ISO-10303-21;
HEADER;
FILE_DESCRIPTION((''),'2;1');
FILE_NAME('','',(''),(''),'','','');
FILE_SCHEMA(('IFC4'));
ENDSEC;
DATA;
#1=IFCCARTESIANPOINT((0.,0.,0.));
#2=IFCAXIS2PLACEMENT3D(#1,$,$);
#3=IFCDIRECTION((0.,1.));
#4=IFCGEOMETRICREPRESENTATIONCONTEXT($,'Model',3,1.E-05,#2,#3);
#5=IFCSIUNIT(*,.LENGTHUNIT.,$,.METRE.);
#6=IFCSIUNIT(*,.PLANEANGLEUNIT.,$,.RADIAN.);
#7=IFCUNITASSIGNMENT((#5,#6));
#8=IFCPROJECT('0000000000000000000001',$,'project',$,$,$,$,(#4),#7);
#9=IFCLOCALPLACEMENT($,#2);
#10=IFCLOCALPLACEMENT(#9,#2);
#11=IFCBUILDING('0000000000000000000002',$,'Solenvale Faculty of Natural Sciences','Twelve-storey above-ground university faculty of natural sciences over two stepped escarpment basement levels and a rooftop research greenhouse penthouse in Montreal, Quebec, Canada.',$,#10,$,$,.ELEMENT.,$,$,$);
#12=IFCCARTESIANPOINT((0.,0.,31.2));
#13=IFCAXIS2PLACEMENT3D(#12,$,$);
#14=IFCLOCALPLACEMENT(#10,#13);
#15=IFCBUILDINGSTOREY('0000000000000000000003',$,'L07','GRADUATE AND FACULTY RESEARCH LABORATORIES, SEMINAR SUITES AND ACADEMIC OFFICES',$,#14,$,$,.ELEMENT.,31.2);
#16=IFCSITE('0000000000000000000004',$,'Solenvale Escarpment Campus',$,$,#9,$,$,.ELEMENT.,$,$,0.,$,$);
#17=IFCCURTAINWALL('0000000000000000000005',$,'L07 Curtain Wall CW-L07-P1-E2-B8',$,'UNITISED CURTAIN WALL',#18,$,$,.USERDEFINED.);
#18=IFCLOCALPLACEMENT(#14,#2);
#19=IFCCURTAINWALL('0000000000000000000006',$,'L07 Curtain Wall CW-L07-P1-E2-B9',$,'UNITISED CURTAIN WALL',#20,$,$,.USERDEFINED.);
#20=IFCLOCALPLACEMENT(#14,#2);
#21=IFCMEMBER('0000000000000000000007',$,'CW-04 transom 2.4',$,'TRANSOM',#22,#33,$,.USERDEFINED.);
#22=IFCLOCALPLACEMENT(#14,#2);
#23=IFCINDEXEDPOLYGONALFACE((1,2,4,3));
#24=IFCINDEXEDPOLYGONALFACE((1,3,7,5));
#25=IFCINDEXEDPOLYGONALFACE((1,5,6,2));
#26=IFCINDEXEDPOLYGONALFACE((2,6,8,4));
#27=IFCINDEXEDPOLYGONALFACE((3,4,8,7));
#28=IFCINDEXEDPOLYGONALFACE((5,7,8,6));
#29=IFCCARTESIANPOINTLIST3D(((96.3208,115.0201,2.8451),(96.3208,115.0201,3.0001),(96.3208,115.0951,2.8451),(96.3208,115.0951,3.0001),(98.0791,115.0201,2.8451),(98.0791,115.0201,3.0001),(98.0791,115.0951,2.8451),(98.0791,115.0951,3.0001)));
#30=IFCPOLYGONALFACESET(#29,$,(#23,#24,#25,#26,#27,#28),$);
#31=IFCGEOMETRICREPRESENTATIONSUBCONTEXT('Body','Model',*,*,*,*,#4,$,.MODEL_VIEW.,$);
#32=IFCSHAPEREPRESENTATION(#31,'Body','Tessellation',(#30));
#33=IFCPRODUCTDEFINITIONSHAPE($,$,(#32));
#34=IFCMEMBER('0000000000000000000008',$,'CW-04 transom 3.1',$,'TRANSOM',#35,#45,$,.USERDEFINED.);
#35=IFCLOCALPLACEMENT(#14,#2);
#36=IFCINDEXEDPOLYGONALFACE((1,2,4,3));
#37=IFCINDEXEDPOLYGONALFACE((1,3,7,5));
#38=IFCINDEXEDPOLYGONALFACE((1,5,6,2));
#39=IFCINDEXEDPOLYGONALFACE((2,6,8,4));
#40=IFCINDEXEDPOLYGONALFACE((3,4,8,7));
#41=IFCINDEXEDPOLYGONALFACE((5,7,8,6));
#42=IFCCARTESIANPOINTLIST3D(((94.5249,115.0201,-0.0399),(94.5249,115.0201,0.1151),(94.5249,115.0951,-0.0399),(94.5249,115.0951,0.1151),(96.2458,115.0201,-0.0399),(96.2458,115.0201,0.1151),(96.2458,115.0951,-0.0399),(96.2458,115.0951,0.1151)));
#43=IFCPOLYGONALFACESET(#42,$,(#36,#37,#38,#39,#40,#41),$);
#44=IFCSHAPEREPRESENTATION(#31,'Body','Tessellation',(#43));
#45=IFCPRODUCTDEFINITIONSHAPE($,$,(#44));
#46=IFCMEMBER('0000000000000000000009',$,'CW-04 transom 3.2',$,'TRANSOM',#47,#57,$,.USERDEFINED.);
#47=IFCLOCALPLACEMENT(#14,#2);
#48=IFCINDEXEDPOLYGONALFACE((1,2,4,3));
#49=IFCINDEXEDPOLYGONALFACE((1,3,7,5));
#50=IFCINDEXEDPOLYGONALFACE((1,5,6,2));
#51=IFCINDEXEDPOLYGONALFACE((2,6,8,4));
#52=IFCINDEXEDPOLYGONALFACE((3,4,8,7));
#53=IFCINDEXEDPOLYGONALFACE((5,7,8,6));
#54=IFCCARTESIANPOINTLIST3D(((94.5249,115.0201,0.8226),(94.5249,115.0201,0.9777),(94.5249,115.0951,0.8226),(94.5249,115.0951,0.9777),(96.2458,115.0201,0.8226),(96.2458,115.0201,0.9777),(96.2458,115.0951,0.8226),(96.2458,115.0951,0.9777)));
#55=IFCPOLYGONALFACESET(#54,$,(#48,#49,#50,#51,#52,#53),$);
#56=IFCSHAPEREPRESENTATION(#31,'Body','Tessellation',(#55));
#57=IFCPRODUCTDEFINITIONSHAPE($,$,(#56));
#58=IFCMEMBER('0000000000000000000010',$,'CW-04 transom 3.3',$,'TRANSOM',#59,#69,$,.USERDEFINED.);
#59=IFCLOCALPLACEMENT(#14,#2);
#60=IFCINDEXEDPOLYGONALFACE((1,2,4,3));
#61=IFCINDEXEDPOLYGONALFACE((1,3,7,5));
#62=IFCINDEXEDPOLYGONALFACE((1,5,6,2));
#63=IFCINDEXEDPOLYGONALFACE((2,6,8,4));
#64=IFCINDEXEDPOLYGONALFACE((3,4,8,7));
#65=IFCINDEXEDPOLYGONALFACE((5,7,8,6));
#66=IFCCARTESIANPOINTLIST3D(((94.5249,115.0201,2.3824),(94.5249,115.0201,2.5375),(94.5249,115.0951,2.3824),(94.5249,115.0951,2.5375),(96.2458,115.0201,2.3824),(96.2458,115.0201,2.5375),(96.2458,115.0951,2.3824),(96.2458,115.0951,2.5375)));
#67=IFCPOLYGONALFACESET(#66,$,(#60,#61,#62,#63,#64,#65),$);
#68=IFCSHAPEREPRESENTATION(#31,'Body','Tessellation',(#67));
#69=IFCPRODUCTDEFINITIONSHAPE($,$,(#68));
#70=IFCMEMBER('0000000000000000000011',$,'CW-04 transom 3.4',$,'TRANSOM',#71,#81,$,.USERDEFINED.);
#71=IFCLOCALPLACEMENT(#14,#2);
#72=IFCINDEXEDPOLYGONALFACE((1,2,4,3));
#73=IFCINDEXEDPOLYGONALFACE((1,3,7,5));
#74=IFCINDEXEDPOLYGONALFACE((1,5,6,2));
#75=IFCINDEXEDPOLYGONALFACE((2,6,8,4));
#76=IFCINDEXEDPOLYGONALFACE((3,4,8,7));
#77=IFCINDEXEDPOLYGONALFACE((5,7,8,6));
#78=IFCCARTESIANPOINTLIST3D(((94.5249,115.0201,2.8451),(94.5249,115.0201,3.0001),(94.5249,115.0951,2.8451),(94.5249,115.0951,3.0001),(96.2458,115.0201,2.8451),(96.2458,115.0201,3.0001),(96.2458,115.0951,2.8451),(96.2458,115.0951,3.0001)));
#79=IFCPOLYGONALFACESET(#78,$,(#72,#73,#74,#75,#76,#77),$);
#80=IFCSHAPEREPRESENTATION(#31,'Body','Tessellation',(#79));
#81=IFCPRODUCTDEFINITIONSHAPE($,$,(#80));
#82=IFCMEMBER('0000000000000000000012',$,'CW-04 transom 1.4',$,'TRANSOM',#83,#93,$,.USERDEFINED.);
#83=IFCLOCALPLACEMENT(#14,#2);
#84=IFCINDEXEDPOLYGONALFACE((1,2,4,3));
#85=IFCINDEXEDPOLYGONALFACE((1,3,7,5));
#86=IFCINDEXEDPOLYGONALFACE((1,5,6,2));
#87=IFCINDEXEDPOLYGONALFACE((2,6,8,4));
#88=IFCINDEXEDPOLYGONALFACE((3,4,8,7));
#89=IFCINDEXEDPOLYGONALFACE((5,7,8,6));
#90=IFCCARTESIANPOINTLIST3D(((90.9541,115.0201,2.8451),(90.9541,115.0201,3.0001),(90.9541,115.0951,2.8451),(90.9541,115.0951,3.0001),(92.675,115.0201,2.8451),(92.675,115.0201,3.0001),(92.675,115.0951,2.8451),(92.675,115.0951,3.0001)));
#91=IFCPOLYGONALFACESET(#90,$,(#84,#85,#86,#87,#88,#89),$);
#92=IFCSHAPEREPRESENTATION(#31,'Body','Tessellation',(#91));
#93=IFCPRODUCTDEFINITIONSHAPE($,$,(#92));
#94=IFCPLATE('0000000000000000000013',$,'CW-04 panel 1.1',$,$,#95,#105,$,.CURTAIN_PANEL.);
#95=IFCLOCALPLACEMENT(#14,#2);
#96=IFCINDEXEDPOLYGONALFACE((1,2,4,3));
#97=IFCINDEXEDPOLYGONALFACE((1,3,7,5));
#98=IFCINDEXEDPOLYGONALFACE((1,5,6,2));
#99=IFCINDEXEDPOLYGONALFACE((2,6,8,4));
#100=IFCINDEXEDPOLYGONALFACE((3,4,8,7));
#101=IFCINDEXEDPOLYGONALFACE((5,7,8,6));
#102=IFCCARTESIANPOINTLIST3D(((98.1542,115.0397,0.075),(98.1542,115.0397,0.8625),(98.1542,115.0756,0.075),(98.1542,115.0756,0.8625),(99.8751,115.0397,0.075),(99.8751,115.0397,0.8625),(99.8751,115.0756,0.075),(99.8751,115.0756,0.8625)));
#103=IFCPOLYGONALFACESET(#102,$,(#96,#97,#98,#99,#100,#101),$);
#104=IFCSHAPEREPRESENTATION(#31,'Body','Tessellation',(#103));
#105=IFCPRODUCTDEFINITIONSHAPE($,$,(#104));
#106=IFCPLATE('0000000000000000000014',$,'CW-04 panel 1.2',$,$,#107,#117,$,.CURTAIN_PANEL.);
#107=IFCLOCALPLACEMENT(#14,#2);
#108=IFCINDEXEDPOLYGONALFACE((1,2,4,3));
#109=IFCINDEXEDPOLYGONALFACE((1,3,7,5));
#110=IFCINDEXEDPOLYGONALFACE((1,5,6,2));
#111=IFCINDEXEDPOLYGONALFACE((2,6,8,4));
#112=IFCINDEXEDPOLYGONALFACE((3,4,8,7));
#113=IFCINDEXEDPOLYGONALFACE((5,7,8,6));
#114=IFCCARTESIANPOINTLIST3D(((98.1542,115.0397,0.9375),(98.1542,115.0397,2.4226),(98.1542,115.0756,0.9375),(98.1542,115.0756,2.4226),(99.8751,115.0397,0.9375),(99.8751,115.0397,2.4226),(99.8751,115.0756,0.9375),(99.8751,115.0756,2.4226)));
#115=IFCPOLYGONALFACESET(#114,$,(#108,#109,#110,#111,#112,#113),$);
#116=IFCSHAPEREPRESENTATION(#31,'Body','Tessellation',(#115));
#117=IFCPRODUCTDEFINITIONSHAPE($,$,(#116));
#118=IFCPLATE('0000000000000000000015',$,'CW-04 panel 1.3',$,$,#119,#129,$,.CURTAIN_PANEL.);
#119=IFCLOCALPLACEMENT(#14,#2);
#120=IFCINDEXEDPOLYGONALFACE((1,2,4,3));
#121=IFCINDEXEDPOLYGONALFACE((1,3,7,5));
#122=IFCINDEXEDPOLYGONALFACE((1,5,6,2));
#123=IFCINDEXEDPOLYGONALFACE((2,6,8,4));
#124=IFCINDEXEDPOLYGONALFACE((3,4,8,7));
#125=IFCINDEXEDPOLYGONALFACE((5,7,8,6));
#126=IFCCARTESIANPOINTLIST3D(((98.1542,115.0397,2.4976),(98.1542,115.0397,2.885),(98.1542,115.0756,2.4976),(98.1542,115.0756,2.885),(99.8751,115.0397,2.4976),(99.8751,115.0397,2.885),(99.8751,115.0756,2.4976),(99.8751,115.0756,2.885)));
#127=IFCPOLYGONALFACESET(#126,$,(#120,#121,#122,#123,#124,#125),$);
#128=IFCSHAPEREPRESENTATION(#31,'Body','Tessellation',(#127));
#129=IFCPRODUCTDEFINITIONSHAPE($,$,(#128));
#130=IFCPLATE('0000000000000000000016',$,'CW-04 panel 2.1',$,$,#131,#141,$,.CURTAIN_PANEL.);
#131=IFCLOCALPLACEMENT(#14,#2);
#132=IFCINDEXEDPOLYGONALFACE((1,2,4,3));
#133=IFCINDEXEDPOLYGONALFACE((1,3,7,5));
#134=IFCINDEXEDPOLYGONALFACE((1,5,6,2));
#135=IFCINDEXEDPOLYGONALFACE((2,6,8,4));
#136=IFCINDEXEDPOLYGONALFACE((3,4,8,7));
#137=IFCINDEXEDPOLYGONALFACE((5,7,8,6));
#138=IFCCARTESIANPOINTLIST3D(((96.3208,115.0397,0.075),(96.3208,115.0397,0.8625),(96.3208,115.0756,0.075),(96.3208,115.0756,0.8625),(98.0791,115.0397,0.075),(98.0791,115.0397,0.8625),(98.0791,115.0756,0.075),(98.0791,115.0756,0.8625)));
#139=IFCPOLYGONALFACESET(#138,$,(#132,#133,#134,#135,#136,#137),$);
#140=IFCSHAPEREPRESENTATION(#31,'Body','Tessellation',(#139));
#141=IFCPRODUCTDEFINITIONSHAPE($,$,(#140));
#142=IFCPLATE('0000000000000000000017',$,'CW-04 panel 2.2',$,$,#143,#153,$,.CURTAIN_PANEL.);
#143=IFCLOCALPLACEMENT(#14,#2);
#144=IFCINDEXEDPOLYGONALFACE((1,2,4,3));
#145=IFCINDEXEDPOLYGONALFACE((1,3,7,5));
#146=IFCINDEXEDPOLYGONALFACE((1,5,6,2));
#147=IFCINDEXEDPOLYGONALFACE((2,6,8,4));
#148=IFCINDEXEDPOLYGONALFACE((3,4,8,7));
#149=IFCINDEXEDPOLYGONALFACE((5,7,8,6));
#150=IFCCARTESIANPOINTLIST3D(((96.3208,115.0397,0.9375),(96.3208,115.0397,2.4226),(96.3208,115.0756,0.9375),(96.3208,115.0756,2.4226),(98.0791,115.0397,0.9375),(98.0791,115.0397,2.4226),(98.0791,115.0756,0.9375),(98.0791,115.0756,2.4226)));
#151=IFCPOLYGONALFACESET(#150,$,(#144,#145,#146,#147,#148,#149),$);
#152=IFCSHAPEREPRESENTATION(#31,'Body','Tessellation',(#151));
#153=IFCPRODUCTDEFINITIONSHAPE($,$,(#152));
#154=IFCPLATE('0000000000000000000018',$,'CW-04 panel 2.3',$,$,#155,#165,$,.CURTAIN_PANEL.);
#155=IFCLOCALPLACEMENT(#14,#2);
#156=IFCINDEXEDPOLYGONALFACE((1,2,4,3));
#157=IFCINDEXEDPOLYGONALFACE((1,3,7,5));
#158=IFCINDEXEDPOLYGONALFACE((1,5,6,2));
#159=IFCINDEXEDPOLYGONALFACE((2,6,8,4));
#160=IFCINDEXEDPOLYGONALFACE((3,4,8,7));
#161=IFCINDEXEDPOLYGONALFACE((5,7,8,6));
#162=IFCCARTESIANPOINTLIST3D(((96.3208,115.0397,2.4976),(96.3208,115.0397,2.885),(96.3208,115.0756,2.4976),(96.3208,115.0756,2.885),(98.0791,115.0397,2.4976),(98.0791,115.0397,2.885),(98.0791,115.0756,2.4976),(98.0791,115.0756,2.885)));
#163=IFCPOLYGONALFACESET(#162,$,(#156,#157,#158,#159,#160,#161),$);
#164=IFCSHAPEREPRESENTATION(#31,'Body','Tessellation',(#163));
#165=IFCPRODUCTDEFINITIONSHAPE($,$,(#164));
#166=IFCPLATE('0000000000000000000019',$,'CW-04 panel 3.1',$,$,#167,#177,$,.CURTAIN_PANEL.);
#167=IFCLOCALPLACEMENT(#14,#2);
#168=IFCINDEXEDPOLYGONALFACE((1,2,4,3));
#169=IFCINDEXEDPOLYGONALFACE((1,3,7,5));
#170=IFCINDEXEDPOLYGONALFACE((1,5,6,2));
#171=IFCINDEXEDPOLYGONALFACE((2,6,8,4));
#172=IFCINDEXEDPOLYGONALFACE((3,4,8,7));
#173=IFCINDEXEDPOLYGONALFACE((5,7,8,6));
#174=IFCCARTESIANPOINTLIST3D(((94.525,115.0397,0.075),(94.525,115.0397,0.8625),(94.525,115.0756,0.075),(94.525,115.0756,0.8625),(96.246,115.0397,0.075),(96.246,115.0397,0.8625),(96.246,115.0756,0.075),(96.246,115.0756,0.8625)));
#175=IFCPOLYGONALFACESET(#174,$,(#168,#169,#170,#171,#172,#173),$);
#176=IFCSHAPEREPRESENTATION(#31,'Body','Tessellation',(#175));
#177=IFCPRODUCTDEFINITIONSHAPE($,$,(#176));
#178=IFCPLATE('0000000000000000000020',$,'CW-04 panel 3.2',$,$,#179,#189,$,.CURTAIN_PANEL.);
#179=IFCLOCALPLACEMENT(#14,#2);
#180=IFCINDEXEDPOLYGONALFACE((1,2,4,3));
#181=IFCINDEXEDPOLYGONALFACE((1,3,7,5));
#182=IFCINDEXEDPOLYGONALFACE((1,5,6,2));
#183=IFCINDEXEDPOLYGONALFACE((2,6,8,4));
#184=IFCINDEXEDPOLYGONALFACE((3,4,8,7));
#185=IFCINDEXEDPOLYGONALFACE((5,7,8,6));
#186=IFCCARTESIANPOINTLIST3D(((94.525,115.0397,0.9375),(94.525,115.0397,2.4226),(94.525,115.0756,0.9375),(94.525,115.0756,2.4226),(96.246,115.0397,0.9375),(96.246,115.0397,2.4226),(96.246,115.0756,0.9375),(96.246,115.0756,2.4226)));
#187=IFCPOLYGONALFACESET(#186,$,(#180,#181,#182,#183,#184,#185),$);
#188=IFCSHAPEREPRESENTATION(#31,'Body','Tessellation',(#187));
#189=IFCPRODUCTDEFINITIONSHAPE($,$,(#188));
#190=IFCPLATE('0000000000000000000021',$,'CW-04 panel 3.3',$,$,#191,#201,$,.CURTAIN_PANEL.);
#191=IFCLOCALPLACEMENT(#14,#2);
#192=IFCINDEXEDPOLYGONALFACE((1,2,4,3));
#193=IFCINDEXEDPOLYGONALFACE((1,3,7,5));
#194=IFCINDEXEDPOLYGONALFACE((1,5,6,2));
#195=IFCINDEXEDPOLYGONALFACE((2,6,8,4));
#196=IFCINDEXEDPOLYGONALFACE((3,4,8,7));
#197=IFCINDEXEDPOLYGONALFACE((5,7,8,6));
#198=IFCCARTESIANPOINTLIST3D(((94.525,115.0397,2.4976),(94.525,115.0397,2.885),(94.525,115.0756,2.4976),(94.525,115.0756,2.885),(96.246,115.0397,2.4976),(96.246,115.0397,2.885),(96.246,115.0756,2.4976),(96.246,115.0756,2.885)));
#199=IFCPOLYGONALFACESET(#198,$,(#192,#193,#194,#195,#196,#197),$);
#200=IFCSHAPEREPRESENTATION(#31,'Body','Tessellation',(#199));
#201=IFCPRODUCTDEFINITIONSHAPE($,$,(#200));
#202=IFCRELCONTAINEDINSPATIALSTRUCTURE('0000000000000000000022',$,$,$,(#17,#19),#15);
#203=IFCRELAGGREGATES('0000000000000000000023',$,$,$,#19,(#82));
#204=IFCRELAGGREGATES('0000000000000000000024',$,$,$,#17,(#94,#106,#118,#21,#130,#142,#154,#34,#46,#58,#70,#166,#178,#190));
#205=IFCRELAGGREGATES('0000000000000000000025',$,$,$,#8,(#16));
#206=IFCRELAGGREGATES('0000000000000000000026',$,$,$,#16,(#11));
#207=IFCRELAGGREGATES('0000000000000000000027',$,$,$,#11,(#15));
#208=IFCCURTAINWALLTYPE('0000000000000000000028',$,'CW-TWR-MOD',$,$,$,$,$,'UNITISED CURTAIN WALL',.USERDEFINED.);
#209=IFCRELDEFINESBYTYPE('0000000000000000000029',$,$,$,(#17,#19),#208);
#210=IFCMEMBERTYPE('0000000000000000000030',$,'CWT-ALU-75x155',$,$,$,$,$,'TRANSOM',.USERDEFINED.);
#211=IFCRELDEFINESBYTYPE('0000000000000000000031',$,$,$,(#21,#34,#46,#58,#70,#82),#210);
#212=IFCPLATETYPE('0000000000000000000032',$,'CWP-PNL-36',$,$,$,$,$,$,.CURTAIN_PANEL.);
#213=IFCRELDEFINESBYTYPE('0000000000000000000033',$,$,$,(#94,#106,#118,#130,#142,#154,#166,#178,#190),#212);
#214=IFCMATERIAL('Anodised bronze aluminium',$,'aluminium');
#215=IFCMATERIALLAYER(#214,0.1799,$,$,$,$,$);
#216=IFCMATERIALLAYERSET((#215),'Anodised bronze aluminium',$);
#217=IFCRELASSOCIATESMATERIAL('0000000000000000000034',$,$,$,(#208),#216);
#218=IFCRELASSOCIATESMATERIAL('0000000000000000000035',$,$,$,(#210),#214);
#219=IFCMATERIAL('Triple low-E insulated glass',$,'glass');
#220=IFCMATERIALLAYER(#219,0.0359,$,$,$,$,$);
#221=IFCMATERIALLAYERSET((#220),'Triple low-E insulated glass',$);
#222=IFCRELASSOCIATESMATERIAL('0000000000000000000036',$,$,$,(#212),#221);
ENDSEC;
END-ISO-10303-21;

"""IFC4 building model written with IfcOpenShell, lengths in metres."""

from ifc_helpers import new_model, si_unit, direction, frame, origin, origin_2d, place, context, subcontext, project, spatial, rectangle, extrude, material, layer, layer_set, material_profile, profile_set, type_object, element, aggregate, save


model = new_model("IFC4")

# Units and contexts
model_context = context("Model", 3, precision=1e-05, world=origin(), true_north=direction((0.0, 1.0)))
body_context = subcontext(model_context, "Body", "Model", "MODEL_VIEW")
ifc_project = project(units=[si_unit("LENGTHUNIT", "METRE"), si_unit("PLANEANGLEUNIT", "RADIAN")], contexts=[model_context])

# Site, building, storey
site_placement = place(None, origin())
site = spatial("IfcSite", under=ifc_project, at=site_placement, Name="Solenvale Escarpment Campus", CompositionType="ELEMENT", RefElevation=0.0)
building_placement = place(site_placement, origin())
building = spatial("IfcBuilding", under=site, at=building_placement, Name="Solenvale Faculty of Natural Sciences", Description="Twelve-storey above-ground university faculty of natural sciences over two stepped escarpment basement levels and a rooftop research greenhouse penthouse in Montreal, Quebec, Canada.", CompositionType="ELEMENT")
storey_placement = place(building_placement, frame((0.0, 0.0, 31.2)))
storey = spatial("IfcBuildingStorey", under=building, at=storey_placement, Name="L07", Description="GRADUATE AND FACULTY RESEARCH LABORATORIES, SEMINAR SUITES AND ACADEMIC OFFICES", CompositionType="ELEMENT", Elevation=31.2)

# Curtain wall
ifc_material_1 = material(Name="Anodised bronze aluminium", Category="aluminium")
ifc_layer_1 = layer(ifc_material_1, 0.1799)
ifc_layer_set_1 = layer_set([ifc_layer_1], Name="Anodised bronze aluminium")
curtain_wall_type = type_object("IfcCurtainWallType", Name="CW-TWR-MOD", ElementType="UNITISED CURTAIN WALL", PredefinedType="USERDEFINED", material=ifc_layer_set_1)
curtain_wall_1_placement = place(storey_placement, origin())
curtain_wall_1 = element("IfcCurtainWall", 1, at=curtain_wall_1_placement, inside=storey, type_object=curtain_wall_type, Name="L07 Curtain Wall CW-L07-P1-E2-B8", ObjectType="UNITISED CURTAIN WALL", PredefinedType="USERDEFINED")

# Curtain wall
curtain_wall_2_placement = place(storey_placement, origin())
curtain_wall_2 = element("IfcCurtainWall", 2, at=curtain_wall_2_placement, inside=storey, type_object=curtain_wall_type, Name="L07 Curtain Wall CW-L07-P1-E2-B9", ObjectType="UNITISED CURTAIN WALL", PredefinedType="USERDEFINED")

# Members
ifc_material_profile_1 = material_profile(ifc_material_1, rectangle(XDim=0.075, YDim=0.155, at=origin_2d()), Name="ALU-TRN-75x155")
ifc_profile_set_1 = profile_set([ifc_material_profile_1], Name="Anodised bronze aluminium")
member_type_1 = type_object("IfcMemberType", Name="CWT-ALU-75x155", ElementType="TRANSOM", PredefinedType="USERDEFINED", material=ifc_profile_set_1)
member_1_placement = place(storey_placement, frame((98.0791, 115.0576, 2.9226), z_axis=(-1.0, 0.0, 0.0), x_axis=(0.0, -1.0, 0.0)))
member_1 = element("IfcMember", 3, at=member_1_placement, type_object=member_type_1, Name="CW-04 transom 2.4", ObjectType="TRANSOM", PredefinedType="USERDEFINED", context=body_context, shape_type="SweptSolid", body=[
    extrude(rectangle(XDim=0.075, YDim=0.155, at=origin_2d()), origin(), (0.0, 0.0, 1.0), 1.7583),
])
member_2_placement = place(storey_placement, frame((96.2458, 115.0576, 0.0376), z_axis=(-1.0, 0.0, 0.0), x_axis=(0.0, -1.0, 0.0)))
member_2 = element("IfcMember", 4, at=member_2_placement, type_object=member_type_1, Name="CW-04 transom 3.1", ObjectType="TRANSOM", PredefinedType="USERDEFINED", context=body_context, shape_type="SweptSolid", body=[
    extrude(rectangle(XDim=0.075, YDim=0.155, at=origin_2d()), origin(), (0.0, 0.0, 1.0), 1.7209),
])
member_3_placement = place(storey_placement, frame((96.2458, 115.0576, 0.9001), z_axis=(-1.0, 0.0, 0.0), x_axis=(0.0, -1.0, 0.0)))
member_3 = element("IfcMember", 5, at=member_3_placement, type_object=member_type_1, Name="CW-04 transom 3.2", ObjectType="TRANSOM", PredefinedType="USERDEFINED", context=body_context, shape_type="SweptSolid", body=[
    extrude(rectangle(XDim=0.075, YDim=0.155, at=origin_2d()), origin(), (0.0, 0.0, 1.0), 1.7209),
])
member_4_placement = place(storey_placement, frame((96.2458, 115.0576, 2.46), z_axis=(-1.0, 0.0, 0.0), x_axis=(0.0, -1.0, 0.0)))
member_4 = element("IfcMember", 6, at=member_4_placement, type_object=member_type_1, Name="CW-04 transom 3.3", ObjectType="TRANSOM", PredefinedType="USERDEFINED", context=body_context, shape_type="SweptSolid", body=[
    extrude(rectangle(XDim=0.075, YDim=0.155, at=origin_2d()), origin(), (0.0, 0.0, 1.0), 1.7209),
])
member_5_placement = place(storey_placement, frame((96.2458, 115.0576, 2.9226), z_axis=(-1.0, 0.0, 0.0), x_axis=(0.0, -1.0, 0.0)))
member_5 = element("IfcMember", 7, at=member_5_placement, type_object=member_type_1, Name="CW-04 transom 3.4", ObjectType="TRANSOM", PredefinedType="USERDEFINED", context=body_context, shape_type="SweptSolid", body=[
    extrude(rectangle(XDim=0.075, YDim=0.155, at=origin_2d()), origin(), (0.0, 0.0, 1.0), 1.7209),
])
member_6_placement = place(storey_placement, frame((92.675, 115.0576, 2.9226), z_axis=(-1.0, 0.0, 0.0), x_axis=(0.0, -1.0, 0.0)))
member_6 = element("IfcMember", 8, at=member_6_placement, type_object=member_type_1, Name="CW-04 transom 1.4", ObjectType="TRANSOM", PredefinedType="USERDEFINED", context=body_context, shape_type="SweptSolid", body=[
    extrude(rectangle(XDim=0.075, YDim=0.155, at=origin_2d()), origin(), (0.0, 0.0, 1.0), 1.7209),
])
aggregate(curtain_wall_2, [member_6])

# Plates
ifc_material_2 = material(Name="Triple low-E insulated glass", Category="glass")
ifc_layer_2 = layer(ifc_material_2, 0.0359)
ifc_layer_set_2 = layer_set([ifc_layer_2], Name="Triple low-E insulated glass")
plate_type = type_object("IfcPlateType", Name="CWP-PNL-36", PredefinedType="CURTAIN_PANEL", material=ifc_layer_set_2)
plate_1_placement = place(storey_placement, frame((99.0146, 115.0576, 0.075), z_axis=(0.0, 0.0, 1.0), x_axis=(-1.0, 0.0, 0.0)))
plate_1 = element("IfcPlate", 9, at=plate_1_placement, type_object=plate_type, Name="CW-04 panel 1.1", PredefinedType="CURTAIN_PANEL", context=body_context, shape_type="SweptSolid", body=[
    extrude(rectangle(XDim=1.7209, YDim=0.0359, at=origin_2d()), origin(), (0.0, 0.0, 1.0), 0.7876),
])
plate_2_placement = place(storey_placement, frame((99.0146, 115.0576, 0.9375), z_axis=(0.0, 0.0, 1.0), x_axis=(-1.0, 0.0, 0.0)))
plate_2 = element("IfcPlate", 10, at=plate_2_placement, type_object=plate_type, Name="CW-04 panel 1.2", PredefinedType="CURTAIN_PANEL", context=body_context, shape_type="SweptSolid", body=[
    extrude(rectangle(XDim=1.7209, YDim=0.0359, at=origin_2d()), origin(), (0.0, 0.0, 1.0), 1.4851),
])
plate_3_placement = place(storey_placement, frame((99.0146, 115.0576, 2.4976), z_axis=(0.0, 0.0, 1.0), x_axis=(-1.0, 0.0, 0.0)))
plate_3 = element("IfcPlate", 11, at=plate_3_placement, type_object=plate_type, Name="CW-04 panel 1.3", PredefinedType="CURTAIN_PANEL", context=body_context, shape_type="SweptSolid", body=[
    extrude(rectangle(XDim=1.7209, YDim=0.0359, at=origin_2d()), origin(), (0.0, 0.0, 1.0), 0.3875),
])
plate_4_placement = place(storey_placement, frame((97.2, 115.0576, 0.075), z_axis=(0.0, 0.0, 1.0), x_axis=(-1.0, 0.0, 0.0)))
plate_4 = element("IfcPlate", 12, at=plate_4_placement, type_object=plate_type, Name="CW-04 panel 2.1", PredefinedType="CURTAIN_PANEL", context=body_context, shape_type="SweptSolid", body=[
    extrude(rectangle(XDim=1.7583, YDim=0.0359, at=origin_2d()), origin(), (0.0, 0.0, 1.0), 0.7876),
])
plate_5_placement = place(storey_placement, frame((97.2, 115.0576, 0.9375), z_axis=(0.0, 0.0, 1.0), x_axis=(-1.0, 0.0, 0.0)))
plate_5 = element("IfcPlate", 13, at=plate_5_placement, type_object=plate_type, Name="CW-04 panel 2.2", PredefinedType="CURTAIN_PANEL", context=body_context, shape_type="SweptSolid", body=[
    extrude(rectangle(XDim=1.7583, YDim=0.0359, at=origin_2d()), origin(), (0.0, 0.0, 1.0), 1.4851),
])
plate_6_placement = place(storey_placement, frame((97.2, 115.0576, 2.4976), z_axis=(0.0, 0.0, 1.0), x_axis=(-1.0, 0.0, 0.0)))
plate_6 = element("IfcPlate", 14, at=plate_6_placement, type_object=plate_type, Name="CW-04 panel 2.3", PredefinedType="CURTAIN_PANEL", context=body_context, shape_type="SweptSolid", body=[
    extrude(rectangle(XDim=1.7583, YDim=0.0359, at=origin_2d()), origin(), (0.0, 0.0, 1.0), 0.3875),
])
plate_7_placement = place(storey_placement, frame((95.3855, 115.0576, 0.075), z_axis=(0.0, 0.0, 1.0), x_axis=(-1.0, 0.0, 0.0)))
plate_7 = element("IfcPlate", 15, at=plate_7_placement, type_object=plate_type, Name="CW-04 panel 3.1", PredefinedType="CURTAIN_PANEL", context=body_context, shape_type="SweptSolid", body=[
    extrude(rectangle(XDim=1.7209, YDim=0.0359, at=origin_2d()), origin(), (0.0, 0.0, 1.0), 0.7876),
])
plate_8_placement = place(storey_placement, frame((95.3855, 115.0576, 0.9375), z_axis=(0.0, 0.0, 1.0), x_axis=(-1.0, 0.0, 0.0)))
plate_8 = element("IfcPlate", 16, at=plate_8_placement, type_object=plate_type, Name="CW-04 panel 3.2", PredefinedType="CURTAIN_PANEL", context=body_context, shape_type="SweptSolid", body=[
    extrude(rectangle(XDim=1.7209, YDim=0.0359, at=origin_2d()), origin(), (0.0, 0.0, 1.0), 1.4851),
])
plate_9_placement = place(storey_placement, frame((95.3855, 115.0576, 2.4976), z_axis=(0.0, 0.0, 1.0), x_axis=(-1.0, 0.0, 0.0)))
plate_9 = element("IfcPlate", 17, at=plate_9_placement, type_object=plate_type, Name="CW-04 panel 3.3", PredefinedType="CURTAIN_PANEL", context=body_context, shape_type="SweptSolid", body=[
    extrude(rectangle(XDim=1.7209, YDim=0.0359, at=origin_2d()), origin(), (0.0, 0.0, 1.0), 0.3875),
])
aggregate(curtain_wall_1, [plate_1, plate_2, plate_3, member_1, plate_4, plate_5, plate_6, member_2, member_3, member_4, member_5, plate_7, plate_8, plate_9])

save(model, "model.ifc")
